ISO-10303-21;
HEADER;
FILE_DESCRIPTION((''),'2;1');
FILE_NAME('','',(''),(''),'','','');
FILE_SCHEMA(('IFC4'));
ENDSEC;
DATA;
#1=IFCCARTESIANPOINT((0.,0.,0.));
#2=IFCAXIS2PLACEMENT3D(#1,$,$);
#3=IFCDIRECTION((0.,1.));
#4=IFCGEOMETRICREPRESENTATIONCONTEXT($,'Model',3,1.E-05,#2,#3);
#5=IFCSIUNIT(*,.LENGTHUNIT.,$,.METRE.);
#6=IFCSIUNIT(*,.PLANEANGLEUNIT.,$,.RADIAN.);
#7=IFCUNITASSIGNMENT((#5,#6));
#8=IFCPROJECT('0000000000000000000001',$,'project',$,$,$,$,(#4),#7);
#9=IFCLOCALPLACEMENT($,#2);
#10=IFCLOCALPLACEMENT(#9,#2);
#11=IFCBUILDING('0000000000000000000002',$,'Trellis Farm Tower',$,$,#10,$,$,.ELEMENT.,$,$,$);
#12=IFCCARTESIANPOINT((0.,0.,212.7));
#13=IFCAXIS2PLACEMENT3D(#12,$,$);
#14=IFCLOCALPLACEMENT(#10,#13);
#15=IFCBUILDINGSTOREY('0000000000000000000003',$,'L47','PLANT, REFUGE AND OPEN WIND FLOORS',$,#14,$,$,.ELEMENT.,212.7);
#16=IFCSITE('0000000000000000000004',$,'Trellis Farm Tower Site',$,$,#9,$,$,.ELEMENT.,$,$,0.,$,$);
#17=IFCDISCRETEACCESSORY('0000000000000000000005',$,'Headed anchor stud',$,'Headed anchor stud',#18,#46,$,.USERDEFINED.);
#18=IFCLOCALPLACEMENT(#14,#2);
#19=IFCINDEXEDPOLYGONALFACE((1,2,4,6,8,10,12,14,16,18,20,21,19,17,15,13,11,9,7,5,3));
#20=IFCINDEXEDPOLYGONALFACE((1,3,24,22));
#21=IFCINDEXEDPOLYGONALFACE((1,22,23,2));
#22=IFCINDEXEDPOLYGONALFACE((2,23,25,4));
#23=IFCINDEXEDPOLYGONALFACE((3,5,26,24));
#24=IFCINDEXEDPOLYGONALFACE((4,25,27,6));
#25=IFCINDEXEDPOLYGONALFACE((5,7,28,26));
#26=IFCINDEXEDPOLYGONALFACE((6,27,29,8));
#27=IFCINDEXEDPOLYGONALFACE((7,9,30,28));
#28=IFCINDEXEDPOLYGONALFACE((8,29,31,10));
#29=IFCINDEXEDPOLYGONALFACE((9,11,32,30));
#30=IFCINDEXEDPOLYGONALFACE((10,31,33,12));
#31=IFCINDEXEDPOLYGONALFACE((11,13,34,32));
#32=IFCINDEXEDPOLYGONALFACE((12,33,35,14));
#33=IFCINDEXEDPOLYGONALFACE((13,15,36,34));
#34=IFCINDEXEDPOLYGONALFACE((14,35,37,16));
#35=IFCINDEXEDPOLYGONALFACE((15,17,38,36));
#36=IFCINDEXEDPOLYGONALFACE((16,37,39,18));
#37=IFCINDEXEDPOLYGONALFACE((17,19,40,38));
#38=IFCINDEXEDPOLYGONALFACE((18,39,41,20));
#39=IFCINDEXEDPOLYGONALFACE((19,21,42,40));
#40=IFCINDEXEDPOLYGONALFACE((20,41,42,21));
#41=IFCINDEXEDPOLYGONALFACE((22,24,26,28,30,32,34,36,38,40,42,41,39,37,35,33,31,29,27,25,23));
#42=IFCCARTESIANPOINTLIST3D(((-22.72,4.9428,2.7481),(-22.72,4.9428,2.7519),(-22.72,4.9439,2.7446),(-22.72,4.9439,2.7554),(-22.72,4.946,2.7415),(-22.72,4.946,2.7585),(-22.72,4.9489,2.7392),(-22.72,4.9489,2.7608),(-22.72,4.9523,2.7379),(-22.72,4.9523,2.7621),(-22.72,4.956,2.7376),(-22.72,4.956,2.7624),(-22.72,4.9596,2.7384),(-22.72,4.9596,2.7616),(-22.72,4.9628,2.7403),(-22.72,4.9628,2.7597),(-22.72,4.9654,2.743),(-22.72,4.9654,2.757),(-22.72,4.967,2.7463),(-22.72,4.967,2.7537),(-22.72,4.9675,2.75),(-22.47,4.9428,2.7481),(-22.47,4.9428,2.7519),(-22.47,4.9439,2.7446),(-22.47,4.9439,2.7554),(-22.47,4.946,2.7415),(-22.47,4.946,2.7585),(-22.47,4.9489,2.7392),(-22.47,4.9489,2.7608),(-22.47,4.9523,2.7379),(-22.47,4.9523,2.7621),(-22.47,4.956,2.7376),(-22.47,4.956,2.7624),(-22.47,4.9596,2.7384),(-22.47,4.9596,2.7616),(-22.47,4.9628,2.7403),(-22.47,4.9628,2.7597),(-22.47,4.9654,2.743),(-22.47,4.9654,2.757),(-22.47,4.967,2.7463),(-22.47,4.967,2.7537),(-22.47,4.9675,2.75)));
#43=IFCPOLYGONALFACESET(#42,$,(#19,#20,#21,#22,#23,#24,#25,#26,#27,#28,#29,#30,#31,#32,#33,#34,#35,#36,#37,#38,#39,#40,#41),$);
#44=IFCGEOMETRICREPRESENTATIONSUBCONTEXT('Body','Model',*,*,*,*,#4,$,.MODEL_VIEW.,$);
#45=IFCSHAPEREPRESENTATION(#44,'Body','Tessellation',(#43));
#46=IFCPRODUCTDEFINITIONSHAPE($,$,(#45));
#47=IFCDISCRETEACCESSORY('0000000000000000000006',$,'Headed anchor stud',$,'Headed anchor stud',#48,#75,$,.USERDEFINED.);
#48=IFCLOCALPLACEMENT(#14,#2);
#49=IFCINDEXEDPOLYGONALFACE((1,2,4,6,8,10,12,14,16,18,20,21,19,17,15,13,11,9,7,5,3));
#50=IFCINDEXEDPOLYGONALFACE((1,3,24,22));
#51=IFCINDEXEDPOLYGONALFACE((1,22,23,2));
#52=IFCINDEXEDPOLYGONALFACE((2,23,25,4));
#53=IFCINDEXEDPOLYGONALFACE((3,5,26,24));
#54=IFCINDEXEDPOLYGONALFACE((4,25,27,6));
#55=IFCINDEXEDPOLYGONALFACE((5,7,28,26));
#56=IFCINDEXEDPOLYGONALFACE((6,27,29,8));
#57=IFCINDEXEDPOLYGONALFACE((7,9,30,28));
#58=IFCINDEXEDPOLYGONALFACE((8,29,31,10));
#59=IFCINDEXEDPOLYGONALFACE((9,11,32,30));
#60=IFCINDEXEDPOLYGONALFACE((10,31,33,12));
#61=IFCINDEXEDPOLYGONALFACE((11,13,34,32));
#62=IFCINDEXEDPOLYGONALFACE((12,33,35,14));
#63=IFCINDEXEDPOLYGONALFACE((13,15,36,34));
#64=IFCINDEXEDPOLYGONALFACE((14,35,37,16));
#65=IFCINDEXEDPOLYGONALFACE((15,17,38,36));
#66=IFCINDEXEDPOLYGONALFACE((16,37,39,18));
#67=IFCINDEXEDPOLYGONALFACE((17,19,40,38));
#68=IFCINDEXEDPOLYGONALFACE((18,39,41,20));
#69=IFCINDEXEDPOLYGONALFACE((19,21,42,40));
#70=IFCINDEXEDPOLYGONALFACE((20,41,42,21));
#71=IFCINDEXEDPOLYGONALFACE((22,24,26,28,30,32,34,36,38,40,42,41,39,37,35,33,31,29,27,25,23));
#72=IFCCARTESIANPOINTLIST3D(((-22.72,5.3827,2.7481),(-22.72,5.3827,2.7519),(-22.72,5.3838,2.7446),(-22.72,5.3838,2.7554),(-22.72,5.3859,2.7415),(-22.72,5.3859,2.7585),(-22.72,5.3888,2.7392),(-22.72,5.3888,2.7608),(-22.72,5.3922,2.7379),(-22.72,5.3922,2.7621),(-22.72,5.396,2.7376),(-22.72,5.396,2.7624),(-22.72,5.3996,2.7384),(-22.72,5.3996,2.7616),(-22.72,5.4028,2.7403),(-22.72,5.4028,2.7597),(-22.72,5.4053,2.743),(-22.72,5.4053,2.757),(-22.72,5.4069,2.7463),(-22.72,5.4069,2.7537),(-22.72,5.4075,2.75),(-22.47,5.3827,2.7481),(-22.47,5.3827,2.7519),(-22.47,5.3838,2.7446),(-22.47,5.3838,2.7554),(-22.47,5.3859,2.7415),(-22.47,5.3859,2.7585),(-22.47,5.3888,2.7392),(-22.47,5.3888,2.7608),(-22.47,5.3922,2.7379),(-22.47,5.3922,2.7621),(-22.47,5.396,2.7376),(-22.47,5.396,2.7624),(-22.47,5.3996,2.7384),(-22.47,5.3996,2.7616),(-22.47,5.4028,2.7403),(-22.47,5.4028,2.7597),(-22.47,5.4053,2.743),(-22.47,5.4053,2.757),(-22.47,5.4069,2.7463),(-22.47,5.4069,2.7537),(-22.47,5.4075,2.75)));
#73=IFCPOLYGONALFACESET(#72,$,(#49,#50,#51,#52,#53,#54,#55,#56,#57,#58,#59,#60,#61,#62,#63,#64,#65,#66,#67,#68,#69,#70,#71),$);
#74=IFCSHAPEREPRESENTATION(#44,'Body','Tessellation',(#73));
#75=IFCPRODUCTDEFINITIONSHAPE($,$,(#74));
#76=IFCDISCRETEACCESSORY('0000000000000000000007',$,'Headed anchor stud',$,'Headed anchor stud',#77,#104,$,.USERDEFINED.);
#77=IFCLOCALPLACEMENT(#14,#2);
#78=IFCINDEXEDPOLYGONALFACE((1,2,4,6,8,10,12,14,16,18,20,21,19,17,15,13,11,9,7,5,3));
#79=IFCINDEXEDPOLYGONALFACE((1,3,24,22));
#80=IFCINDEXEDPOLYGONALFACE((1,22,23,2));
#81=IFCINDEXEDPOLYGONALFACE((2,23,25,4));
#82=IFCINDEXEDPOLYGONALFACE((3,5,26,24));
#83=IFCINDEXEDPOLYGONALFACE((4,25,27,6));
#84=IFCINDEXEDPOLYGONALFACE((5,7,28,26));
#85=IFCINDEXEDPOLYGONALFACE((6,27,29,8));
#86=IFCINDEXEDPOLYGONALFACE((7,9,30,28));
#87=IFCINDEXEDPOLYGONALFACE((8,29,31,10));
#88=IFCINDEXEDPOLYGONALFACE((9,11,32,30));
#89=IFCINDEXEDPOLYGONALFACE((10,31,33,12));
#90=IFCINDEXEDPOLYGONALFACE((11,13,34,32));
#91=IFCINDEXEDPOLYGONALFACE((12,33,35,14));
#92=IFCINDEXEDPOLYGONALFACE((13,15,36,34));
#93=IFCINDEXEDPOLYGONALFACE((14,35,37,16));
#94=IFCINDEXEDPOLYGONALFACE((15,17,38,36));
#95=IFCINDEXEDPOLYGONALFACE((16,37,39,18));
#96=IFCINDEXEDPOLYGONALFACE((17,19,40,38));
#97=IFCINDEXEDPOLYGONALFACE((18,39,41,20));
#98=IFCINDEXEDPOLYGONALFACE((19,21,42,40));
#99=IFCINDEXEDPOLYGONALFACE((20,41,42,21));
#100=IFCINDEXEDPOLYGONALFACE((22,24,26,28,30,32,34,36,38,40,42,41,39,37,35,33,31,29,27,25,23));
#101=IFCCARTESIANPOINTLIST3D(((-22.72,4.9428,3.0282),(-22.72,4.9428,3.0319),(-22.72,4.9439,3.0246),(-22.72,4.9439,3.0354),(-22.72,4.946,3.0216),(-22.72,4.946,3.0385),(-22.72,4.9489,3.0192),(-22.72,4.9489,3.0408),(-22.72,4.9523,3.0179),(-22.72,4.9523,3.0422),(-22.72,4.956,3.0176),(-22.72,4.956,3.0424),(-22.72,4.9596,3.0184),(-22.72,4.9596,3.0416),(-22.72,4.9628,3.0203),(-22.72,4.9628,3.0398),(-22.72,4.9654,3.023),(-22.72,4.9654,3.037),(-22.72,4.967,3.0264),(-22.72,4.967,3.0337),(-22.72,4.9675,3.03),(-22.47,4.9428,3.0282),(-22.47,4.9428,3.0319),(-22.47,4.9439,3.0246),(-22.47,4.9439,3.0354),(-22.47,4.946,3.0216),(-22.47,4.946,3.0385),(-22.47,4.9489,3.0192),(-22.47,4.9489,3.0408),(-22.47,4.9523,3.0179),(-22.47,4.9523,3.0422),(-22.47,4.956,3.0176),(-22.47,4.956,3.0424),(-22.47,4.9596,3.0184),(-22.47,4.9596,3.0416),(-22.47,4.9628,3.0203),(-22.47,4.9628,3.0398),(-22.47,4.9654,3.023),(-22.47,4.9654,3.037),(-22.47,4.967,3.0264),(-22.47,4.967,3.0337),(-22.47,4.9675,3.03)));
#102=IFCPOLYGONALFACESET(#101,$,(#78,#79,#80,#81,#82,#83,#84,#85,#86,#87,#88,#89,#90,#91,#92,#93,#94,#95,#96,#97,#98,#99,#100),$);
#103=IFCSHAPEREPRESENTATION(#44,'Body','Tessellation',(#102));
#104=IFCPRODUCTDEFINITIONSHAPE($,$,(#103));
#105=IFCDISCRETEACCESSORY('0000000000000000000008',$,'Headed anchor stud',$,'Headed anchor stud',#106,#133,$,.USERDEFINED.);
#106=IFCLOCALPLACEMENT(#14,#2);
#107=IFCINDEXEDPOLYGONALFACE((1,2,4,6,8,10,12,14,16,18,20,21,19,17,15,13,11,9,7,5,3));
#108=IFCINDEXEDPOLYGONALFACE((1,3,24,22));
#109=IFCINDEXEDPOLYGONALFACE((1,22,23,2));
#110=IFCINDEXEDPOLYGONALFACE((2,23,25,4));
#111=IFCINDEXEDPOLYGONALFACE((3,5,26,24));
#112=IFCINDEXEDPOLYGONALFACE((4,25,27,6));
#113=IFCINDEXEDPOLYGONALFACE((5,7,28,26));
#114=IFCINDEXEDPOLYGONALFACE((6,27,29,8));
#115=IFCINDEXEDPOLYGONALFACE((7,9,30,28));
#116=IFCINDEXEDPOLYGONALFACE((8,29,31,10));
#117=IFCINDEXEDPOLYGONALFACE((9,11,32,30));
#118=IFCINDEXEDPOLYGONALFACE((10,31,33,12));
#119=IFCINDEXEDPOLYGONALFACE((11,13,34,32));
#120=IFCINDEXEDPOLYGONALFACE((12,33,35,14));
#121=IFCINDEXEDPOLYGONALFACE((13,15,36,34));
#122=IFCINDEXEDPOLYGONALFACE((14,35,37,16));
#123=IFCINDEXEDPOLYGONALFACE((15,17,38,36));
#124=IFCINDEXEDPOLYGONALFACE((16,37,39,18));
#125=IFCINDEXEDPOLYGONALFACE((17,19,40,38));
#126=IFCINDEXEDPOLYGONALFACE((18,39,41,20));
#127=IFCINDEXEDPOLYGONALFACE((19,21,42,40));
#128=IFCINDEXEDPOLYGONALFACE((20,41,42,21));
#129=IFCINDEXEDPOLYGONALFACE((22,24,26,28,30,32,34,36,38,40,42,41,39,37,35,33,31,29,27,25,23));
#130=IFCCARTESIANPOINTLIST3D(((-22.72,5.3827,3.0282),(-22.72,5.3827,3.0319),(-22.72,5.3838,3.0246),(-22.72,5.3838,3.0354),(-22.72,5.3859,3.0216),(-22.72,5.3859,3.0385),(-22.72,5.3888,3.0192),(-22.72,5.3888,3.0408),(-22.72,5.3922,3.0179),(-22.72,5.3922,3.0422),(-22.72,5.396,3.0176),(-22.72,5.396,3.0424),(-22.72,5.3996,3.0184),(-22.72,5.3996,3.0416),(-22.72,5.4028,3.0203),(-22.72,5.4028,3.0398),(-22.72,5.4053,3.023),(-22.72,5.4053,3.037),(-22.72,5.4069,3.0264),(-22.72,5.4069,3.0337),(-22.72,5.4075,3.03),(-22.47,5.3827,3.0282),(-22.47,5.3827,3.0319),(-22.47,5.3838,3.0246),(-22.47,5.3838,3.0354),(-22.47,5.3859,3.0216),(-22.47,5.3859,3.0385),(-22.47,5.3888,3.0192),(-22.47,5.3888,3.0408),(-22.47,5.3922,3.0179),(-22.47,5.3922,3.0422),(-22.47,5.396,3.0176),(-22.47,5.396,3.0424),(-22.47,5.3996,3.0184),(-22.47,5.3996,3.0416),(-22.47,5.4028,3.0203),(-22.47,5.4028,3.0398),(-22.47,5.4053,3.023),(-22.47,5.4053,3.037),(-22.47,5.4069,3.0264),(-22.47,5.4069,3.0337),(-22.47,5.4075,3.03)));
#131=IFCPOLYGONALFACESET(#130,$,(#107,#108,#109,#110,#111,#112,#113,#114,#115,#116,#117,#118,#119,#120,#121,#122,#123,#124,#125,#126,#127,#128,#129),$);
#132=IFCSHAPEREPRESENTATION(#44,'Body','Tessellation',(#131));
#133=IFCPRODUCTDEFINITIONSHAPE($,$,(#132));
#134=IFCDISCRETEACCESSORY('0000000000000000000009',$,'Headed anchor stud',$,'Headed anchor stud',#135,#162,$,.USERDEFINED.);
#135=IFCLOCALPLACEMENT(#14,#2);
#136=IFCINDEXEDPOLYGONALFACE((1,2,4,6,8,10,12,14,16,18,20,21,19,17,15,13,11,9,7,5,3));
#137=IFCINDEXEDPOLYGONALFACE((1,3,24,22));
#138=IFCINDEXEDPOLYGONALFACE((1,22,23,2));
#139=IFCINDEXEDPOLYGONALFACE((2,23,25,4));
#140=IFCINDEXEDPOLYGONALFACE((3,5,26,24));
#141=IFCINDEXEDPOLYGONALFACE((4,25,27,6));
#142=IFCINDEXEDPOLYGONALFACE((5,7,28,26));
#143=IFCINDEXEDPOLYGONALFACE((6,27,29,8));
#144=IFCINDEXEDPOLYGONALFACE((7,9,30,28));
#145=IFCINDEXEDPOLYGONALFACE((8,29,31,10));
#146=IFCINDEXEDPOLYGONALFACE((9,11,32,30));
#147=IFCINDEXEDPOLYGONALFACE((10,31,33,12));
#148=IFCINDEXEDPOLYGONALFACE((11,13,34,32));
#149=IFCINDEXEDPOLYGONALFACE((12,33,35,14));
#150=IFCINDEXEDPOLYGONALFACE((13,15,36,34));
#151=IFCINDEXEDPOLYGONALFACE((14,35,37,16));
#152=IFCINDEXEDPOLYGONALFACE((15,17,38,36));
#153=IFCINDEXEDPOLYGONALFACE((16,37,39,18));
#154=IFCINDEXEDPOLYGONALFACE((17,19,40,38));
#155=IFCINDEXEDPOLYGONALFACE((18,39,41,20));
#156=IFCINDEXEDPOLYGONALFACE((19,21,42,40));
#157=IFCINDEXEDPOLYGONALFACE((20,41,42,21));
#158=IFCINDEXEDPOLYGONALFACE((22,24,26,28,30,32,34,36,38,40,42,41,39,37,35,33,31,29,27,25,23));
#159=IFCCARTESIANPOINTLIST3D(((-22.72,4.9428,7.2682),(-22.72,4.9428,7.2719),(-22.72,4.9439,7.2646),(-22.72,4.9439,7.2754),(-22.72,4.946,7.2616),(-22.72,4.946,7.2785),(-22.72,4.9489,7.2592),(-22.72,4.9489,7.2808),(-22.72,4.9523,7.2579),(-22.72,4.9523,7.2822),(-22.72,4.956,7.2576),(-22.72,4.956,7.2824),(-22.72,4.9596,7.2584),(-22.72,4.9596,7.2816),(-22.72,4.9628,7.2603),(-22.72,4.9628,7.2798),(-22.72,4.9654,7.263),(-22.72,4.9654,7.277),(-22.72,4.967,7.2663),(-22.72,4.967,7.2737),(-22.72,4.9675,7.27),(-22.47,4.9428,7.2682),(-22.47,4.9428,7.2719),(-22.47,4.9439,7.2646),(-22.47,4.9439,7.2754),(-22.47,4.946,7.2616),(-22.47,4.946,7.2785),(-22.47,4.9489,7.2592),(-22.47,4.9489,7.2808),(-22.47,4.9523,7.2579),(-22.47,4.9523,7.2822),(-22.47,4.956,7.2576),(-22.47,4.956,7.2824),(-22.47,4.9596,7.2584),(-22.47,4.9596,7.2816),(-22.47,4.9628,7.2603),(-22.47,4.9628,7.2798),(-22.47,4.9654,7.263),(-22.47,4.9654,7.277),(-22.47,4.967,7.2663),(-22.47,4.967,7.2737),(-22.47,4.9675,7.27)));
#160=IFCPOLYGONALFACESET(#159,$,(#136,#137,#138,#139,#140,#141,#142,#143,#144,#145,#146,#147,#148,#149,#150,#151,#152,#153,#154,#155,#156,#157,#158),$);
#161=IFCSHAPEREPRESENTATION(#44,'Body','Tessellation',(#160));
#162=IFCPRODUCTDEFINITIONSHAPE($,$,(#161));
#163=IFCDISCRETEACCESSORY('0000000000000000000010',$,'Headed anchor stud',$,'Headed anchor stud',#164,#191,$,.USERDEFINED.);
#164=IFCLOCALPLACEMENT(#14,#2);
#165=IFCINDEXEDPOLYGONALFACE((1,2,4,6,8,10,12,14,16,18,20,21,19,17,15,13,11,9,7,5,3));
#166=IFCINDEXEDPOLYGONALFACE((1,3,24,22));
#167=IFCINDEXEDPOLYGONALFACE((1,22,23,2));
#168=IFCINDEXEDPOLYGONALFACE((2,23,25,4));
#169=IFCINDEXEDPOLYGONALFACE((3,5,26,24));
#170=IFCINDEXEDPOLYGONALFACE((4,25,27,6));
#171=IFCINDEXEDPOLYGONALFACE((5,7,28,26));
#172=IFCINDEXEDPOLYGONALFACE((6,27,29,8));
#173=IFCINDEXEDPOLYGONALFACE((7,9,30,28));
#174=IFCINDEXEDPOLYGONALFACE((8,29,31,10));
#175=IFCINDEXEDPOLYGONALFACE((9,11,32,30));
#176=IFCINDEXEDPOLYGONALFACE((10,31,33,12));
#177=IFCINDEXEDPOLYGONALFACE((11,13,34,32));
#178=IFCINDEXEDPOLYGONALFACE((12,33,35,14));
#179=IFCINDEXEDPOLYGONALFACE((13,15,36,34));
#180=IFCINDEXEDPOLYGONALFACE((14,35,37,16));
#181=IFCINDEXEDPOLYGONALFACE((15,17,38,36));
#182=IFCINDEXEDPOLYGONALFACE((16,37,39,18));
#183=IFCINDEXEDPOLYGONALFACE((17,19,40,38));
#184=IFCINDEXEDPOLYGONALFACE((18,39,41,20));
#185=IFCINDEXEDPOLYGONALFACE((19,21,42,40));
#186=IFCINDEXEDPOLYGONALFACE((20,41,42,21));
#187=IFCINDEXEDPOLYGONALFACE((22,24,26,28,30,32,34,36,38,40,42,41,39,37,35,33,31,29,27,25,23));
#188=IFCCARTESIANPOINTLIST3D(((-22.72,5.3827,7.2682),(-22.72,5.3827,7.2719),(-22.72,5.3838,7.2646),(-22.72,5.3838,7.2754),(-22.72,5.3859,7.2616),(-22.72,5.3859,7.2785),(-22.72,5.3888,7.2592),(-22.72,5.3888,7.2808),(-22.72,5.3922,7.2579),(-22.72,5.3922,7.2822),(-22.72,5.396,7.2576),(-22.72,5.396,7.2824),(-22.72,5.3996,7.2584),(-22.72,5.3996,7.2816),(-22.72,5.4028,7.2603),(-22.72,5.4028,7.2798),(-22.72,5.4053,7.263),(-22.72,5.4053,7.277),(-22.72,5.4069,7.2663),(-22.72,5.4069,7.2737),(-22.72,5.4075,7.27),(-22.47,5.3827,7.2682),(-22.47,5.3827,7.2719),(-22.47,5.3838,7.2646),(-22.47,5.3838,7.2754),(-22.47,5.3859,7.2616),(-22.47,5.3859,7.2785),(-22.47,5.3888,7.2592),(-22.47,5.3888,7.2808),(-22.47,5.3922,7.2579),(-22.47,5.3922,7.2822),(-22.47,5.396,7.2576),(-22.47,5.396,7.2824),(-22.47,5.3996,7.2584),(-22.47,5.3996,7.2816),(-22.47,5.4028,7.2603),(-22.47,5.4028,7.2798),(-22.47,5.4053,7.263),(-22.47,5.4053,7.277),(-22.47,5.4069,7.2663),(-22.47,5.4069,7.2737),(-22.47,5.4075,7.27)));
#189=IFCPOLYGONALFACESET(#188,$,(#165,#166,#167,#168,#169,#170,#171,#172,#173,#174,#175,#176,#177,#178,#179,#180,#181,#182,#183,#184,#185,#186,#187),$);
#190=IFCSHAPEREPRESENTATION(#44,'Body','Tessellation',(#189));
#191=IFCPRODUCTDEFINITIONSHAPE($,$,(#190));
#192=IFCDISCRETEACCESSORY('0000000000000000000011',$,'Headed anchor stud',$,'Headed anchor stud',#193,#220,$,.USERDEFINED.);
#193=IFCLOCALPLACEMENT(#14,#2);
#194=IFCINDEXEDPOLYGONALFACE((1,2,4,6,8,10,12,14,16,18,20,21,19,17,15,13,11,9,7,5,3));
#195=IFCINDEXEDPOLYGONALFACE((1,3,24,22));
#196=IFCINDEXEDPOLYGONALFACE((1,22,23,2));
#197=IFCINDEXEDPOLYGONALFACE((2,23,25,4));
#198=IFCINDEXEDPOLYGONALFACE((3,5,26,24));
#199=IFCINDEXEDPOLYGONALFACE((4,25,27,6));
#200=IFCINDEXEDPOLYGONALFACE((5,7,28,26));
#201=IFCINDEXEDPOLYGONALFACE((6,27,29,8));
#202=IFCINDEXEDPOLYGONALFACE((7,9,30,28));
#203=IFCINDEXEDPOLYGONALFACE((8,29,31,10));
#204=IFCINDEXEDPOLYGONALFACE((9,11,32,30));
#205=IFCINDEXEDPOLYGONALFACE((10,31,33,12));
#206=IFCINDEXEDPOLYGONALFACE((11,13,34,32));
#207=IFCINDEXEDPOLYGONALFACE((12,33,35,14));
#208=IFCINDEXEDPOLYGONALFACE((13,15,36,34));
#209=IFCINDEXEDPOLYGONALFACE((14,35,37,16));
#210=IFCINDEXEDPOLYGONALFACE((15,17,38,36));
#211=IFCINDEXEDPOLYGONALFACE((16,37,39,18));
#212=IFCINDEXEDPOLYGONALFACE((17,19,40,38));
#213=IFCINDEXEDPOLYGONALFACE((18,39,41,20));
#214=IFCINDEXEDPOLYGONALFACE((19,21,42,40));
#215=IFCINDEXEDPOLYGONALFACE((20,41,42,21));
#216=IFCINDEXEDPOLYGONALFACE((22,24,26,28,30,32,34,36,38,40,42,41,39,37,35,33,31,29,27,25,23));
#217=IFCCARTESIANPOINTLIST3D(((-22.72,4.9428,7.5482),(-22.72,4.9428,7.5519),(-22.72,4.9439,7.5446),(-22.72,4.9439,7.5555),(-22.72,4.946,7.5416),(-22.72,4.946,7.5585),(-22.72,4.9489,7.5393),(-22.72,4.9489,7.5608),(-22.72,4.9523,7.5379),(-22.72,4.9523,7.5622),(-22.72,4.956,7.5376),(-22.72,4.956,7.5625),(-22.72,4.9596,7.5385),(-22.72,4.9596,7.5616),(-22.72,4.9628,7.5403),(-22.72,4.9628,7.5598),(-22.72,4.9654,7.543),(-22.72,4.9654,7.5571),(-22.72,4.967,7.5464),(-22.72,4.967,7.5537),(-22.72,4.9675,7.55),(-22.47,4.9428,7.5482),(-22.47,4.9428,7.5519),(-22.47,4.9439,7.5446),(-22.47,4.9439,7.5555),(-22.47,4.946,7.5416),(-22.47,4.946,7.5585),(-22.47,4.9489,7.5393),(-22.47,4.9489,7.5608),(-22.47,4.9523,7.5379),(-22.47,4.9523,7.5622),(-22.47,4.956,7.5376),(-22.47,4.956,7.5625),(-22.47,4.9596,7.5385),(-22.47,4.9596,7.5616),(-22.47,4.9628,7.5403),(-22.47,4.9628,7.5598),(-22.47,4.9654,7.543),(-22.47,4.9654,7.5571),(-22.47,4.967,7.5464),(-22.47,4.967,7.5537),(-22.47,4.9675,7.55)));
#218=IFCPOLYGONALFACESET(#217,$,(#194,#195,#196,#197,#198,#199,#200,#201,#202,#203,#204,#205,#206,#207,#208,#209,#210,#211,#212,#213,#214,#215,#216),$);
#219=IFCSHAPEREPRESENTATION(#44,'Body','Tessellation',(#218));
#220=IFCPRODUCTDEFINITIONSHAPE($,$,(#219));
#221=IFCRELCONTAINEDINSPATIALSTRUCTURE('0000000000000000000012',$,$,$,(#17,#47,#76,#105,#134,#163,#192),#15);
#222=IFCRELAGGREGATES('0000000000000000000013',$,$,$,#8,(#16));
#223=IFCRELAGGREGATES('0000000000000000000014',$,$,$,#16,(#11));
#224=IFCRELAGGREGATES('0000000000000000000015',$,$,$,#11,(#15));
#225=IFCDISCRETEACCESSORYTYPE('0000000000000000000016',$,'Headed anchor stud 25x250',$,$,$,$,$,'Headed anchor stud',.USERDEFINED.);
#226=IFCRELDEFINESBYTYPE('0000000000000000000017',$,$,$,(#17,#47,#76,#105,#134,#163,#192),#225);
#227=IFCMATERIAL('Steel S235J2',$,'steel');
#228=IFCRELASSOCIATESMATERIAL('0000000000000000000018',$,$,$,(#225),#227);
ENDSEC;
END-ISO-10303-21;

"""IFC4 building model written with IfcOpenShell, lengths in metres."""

from ifc_helpers import new_model, si_unit, direction, frame, origin, origin_2d, place, context, subcontext, project, spatial, circle, extrude, source, transform, mapped, material, material_profile, profile_set, type_object, element, save


model = new_model("IFC4")

# Units and contexts
model_context = context("Model", 3, precision=1e-05, world=origin(), true_north=direction((0.0, 1.0)))
body_context = subcontext(model_context, "Body", "Model", "MODEL_VIEW")
ifc_project = project(units=[si_unit("LENGTHUNIT", "METRE"), si_unit("PLANEANGLEUNIT", "RADIAN")], contexts=[model_context])

# Site, building, storey
site_placement = place(None, origin())
site = spatial("IfcSite", under=ifc_project, at=site_placement, Name="Trellis Farm Tower Site", CompositionType="ELEMENT", RefElevation=0.0)
building_placement = place(site_placement, origin())
building = spatial("IfcBuilding", under=site, at=building_placement, Name="Trellis Farm Tower", CompositionType="ELEMENT")
storey_placement = place(building_placement, frame((0.0, 0.0, 212.7)))
storey = spatial("IfcBuildingStorey", under=building, at=storey_placement, Name="L47", Description="PLANT, REFUGE AND OPEN WIND FLOORS", CompositionType="ELEMENT", Elevation=212.7)

# Discrete accessories
ifc_material_1 = material(Name="Steel S235J2", Category="steel")
ifc_material_profile_1 = material_profile(ifc_material_1, circle(Radius=0.0125, at=origin_2d()), Name="Headed anchor stud 25x250")
ifc_profile_set_1 = profile_set([ifc_material_profile_1], Name="Steel S235J2")
discrete_accessory_type = type_object("IfcDiscreteAccessoryType", Name="Headed anchor stud 25x250", ElementType="Headed anchor stud", PredefinedType="USERDEFINED", material=ifc_profile_set_1)
shared_shape_1 = source(origin(), body_context, "Body", "SweptSolid", [
    extrude(circle(Radius=0.0125, at=origin_2d()), origin(), (0.0, 0.0, 1.0), 0.25),
])
for number, where, z_axis, x_axis, name in (
    (1, (-22.72, 4.9551, 2.75), (1.0, 0.0, 0.0), (0.0, 1.0, 0.0), "Headed anchor stud"),
    (2, (-22.72, 5.395, 2.75), (1.0, 0.0, 0.0), (0.0, 1.0, 0.0), "Headed anchor stud"),
    (3, (-22.72, 4.9551, 3.03), (1.0, 0.0, 0.0), (0.0, 1.0, 0.0), "Headed anchor stud"),
    (4, (-22.72, 5.395, 3.03), (1.0, 0.0, 0.0), (0.0, 1.0, 0.0), "Headed anchor stud"),
    (5, (-22.72, 4.9551, 7.27), (1.0, 0.0, 0.0), (0.0, 1.0, 0.0), "Headed anchor stud"),
    (6, (-22.72, 5.395, 7.27), (1.0, 0.0, 0.0), (0.0, 1.0, 0.0), "Headed anchor stud"),
    (7, (-22.72, 4.9551, 7.55), (1.0, 0.0, 0.0), (0.0, 1.0, 0.0), "Headed anchor stud"),
):
    element("IfcDiscreteAccessory", number, at=place(storey_placement, frame(where, z_axis=z_axis, x_axis=x_axis)), inside=storey, type_object=discrete_accessory_type, Name=name, ObjectType="Headed anchor stud", PredefinedType="USERDEFINED", context=body_context, shape_type="MappedRepresentation", body=[
        mapped(shared_shape_1, transform((0.0, 0.0, 0.0))),
    ])

save(model, "model.ifc")
